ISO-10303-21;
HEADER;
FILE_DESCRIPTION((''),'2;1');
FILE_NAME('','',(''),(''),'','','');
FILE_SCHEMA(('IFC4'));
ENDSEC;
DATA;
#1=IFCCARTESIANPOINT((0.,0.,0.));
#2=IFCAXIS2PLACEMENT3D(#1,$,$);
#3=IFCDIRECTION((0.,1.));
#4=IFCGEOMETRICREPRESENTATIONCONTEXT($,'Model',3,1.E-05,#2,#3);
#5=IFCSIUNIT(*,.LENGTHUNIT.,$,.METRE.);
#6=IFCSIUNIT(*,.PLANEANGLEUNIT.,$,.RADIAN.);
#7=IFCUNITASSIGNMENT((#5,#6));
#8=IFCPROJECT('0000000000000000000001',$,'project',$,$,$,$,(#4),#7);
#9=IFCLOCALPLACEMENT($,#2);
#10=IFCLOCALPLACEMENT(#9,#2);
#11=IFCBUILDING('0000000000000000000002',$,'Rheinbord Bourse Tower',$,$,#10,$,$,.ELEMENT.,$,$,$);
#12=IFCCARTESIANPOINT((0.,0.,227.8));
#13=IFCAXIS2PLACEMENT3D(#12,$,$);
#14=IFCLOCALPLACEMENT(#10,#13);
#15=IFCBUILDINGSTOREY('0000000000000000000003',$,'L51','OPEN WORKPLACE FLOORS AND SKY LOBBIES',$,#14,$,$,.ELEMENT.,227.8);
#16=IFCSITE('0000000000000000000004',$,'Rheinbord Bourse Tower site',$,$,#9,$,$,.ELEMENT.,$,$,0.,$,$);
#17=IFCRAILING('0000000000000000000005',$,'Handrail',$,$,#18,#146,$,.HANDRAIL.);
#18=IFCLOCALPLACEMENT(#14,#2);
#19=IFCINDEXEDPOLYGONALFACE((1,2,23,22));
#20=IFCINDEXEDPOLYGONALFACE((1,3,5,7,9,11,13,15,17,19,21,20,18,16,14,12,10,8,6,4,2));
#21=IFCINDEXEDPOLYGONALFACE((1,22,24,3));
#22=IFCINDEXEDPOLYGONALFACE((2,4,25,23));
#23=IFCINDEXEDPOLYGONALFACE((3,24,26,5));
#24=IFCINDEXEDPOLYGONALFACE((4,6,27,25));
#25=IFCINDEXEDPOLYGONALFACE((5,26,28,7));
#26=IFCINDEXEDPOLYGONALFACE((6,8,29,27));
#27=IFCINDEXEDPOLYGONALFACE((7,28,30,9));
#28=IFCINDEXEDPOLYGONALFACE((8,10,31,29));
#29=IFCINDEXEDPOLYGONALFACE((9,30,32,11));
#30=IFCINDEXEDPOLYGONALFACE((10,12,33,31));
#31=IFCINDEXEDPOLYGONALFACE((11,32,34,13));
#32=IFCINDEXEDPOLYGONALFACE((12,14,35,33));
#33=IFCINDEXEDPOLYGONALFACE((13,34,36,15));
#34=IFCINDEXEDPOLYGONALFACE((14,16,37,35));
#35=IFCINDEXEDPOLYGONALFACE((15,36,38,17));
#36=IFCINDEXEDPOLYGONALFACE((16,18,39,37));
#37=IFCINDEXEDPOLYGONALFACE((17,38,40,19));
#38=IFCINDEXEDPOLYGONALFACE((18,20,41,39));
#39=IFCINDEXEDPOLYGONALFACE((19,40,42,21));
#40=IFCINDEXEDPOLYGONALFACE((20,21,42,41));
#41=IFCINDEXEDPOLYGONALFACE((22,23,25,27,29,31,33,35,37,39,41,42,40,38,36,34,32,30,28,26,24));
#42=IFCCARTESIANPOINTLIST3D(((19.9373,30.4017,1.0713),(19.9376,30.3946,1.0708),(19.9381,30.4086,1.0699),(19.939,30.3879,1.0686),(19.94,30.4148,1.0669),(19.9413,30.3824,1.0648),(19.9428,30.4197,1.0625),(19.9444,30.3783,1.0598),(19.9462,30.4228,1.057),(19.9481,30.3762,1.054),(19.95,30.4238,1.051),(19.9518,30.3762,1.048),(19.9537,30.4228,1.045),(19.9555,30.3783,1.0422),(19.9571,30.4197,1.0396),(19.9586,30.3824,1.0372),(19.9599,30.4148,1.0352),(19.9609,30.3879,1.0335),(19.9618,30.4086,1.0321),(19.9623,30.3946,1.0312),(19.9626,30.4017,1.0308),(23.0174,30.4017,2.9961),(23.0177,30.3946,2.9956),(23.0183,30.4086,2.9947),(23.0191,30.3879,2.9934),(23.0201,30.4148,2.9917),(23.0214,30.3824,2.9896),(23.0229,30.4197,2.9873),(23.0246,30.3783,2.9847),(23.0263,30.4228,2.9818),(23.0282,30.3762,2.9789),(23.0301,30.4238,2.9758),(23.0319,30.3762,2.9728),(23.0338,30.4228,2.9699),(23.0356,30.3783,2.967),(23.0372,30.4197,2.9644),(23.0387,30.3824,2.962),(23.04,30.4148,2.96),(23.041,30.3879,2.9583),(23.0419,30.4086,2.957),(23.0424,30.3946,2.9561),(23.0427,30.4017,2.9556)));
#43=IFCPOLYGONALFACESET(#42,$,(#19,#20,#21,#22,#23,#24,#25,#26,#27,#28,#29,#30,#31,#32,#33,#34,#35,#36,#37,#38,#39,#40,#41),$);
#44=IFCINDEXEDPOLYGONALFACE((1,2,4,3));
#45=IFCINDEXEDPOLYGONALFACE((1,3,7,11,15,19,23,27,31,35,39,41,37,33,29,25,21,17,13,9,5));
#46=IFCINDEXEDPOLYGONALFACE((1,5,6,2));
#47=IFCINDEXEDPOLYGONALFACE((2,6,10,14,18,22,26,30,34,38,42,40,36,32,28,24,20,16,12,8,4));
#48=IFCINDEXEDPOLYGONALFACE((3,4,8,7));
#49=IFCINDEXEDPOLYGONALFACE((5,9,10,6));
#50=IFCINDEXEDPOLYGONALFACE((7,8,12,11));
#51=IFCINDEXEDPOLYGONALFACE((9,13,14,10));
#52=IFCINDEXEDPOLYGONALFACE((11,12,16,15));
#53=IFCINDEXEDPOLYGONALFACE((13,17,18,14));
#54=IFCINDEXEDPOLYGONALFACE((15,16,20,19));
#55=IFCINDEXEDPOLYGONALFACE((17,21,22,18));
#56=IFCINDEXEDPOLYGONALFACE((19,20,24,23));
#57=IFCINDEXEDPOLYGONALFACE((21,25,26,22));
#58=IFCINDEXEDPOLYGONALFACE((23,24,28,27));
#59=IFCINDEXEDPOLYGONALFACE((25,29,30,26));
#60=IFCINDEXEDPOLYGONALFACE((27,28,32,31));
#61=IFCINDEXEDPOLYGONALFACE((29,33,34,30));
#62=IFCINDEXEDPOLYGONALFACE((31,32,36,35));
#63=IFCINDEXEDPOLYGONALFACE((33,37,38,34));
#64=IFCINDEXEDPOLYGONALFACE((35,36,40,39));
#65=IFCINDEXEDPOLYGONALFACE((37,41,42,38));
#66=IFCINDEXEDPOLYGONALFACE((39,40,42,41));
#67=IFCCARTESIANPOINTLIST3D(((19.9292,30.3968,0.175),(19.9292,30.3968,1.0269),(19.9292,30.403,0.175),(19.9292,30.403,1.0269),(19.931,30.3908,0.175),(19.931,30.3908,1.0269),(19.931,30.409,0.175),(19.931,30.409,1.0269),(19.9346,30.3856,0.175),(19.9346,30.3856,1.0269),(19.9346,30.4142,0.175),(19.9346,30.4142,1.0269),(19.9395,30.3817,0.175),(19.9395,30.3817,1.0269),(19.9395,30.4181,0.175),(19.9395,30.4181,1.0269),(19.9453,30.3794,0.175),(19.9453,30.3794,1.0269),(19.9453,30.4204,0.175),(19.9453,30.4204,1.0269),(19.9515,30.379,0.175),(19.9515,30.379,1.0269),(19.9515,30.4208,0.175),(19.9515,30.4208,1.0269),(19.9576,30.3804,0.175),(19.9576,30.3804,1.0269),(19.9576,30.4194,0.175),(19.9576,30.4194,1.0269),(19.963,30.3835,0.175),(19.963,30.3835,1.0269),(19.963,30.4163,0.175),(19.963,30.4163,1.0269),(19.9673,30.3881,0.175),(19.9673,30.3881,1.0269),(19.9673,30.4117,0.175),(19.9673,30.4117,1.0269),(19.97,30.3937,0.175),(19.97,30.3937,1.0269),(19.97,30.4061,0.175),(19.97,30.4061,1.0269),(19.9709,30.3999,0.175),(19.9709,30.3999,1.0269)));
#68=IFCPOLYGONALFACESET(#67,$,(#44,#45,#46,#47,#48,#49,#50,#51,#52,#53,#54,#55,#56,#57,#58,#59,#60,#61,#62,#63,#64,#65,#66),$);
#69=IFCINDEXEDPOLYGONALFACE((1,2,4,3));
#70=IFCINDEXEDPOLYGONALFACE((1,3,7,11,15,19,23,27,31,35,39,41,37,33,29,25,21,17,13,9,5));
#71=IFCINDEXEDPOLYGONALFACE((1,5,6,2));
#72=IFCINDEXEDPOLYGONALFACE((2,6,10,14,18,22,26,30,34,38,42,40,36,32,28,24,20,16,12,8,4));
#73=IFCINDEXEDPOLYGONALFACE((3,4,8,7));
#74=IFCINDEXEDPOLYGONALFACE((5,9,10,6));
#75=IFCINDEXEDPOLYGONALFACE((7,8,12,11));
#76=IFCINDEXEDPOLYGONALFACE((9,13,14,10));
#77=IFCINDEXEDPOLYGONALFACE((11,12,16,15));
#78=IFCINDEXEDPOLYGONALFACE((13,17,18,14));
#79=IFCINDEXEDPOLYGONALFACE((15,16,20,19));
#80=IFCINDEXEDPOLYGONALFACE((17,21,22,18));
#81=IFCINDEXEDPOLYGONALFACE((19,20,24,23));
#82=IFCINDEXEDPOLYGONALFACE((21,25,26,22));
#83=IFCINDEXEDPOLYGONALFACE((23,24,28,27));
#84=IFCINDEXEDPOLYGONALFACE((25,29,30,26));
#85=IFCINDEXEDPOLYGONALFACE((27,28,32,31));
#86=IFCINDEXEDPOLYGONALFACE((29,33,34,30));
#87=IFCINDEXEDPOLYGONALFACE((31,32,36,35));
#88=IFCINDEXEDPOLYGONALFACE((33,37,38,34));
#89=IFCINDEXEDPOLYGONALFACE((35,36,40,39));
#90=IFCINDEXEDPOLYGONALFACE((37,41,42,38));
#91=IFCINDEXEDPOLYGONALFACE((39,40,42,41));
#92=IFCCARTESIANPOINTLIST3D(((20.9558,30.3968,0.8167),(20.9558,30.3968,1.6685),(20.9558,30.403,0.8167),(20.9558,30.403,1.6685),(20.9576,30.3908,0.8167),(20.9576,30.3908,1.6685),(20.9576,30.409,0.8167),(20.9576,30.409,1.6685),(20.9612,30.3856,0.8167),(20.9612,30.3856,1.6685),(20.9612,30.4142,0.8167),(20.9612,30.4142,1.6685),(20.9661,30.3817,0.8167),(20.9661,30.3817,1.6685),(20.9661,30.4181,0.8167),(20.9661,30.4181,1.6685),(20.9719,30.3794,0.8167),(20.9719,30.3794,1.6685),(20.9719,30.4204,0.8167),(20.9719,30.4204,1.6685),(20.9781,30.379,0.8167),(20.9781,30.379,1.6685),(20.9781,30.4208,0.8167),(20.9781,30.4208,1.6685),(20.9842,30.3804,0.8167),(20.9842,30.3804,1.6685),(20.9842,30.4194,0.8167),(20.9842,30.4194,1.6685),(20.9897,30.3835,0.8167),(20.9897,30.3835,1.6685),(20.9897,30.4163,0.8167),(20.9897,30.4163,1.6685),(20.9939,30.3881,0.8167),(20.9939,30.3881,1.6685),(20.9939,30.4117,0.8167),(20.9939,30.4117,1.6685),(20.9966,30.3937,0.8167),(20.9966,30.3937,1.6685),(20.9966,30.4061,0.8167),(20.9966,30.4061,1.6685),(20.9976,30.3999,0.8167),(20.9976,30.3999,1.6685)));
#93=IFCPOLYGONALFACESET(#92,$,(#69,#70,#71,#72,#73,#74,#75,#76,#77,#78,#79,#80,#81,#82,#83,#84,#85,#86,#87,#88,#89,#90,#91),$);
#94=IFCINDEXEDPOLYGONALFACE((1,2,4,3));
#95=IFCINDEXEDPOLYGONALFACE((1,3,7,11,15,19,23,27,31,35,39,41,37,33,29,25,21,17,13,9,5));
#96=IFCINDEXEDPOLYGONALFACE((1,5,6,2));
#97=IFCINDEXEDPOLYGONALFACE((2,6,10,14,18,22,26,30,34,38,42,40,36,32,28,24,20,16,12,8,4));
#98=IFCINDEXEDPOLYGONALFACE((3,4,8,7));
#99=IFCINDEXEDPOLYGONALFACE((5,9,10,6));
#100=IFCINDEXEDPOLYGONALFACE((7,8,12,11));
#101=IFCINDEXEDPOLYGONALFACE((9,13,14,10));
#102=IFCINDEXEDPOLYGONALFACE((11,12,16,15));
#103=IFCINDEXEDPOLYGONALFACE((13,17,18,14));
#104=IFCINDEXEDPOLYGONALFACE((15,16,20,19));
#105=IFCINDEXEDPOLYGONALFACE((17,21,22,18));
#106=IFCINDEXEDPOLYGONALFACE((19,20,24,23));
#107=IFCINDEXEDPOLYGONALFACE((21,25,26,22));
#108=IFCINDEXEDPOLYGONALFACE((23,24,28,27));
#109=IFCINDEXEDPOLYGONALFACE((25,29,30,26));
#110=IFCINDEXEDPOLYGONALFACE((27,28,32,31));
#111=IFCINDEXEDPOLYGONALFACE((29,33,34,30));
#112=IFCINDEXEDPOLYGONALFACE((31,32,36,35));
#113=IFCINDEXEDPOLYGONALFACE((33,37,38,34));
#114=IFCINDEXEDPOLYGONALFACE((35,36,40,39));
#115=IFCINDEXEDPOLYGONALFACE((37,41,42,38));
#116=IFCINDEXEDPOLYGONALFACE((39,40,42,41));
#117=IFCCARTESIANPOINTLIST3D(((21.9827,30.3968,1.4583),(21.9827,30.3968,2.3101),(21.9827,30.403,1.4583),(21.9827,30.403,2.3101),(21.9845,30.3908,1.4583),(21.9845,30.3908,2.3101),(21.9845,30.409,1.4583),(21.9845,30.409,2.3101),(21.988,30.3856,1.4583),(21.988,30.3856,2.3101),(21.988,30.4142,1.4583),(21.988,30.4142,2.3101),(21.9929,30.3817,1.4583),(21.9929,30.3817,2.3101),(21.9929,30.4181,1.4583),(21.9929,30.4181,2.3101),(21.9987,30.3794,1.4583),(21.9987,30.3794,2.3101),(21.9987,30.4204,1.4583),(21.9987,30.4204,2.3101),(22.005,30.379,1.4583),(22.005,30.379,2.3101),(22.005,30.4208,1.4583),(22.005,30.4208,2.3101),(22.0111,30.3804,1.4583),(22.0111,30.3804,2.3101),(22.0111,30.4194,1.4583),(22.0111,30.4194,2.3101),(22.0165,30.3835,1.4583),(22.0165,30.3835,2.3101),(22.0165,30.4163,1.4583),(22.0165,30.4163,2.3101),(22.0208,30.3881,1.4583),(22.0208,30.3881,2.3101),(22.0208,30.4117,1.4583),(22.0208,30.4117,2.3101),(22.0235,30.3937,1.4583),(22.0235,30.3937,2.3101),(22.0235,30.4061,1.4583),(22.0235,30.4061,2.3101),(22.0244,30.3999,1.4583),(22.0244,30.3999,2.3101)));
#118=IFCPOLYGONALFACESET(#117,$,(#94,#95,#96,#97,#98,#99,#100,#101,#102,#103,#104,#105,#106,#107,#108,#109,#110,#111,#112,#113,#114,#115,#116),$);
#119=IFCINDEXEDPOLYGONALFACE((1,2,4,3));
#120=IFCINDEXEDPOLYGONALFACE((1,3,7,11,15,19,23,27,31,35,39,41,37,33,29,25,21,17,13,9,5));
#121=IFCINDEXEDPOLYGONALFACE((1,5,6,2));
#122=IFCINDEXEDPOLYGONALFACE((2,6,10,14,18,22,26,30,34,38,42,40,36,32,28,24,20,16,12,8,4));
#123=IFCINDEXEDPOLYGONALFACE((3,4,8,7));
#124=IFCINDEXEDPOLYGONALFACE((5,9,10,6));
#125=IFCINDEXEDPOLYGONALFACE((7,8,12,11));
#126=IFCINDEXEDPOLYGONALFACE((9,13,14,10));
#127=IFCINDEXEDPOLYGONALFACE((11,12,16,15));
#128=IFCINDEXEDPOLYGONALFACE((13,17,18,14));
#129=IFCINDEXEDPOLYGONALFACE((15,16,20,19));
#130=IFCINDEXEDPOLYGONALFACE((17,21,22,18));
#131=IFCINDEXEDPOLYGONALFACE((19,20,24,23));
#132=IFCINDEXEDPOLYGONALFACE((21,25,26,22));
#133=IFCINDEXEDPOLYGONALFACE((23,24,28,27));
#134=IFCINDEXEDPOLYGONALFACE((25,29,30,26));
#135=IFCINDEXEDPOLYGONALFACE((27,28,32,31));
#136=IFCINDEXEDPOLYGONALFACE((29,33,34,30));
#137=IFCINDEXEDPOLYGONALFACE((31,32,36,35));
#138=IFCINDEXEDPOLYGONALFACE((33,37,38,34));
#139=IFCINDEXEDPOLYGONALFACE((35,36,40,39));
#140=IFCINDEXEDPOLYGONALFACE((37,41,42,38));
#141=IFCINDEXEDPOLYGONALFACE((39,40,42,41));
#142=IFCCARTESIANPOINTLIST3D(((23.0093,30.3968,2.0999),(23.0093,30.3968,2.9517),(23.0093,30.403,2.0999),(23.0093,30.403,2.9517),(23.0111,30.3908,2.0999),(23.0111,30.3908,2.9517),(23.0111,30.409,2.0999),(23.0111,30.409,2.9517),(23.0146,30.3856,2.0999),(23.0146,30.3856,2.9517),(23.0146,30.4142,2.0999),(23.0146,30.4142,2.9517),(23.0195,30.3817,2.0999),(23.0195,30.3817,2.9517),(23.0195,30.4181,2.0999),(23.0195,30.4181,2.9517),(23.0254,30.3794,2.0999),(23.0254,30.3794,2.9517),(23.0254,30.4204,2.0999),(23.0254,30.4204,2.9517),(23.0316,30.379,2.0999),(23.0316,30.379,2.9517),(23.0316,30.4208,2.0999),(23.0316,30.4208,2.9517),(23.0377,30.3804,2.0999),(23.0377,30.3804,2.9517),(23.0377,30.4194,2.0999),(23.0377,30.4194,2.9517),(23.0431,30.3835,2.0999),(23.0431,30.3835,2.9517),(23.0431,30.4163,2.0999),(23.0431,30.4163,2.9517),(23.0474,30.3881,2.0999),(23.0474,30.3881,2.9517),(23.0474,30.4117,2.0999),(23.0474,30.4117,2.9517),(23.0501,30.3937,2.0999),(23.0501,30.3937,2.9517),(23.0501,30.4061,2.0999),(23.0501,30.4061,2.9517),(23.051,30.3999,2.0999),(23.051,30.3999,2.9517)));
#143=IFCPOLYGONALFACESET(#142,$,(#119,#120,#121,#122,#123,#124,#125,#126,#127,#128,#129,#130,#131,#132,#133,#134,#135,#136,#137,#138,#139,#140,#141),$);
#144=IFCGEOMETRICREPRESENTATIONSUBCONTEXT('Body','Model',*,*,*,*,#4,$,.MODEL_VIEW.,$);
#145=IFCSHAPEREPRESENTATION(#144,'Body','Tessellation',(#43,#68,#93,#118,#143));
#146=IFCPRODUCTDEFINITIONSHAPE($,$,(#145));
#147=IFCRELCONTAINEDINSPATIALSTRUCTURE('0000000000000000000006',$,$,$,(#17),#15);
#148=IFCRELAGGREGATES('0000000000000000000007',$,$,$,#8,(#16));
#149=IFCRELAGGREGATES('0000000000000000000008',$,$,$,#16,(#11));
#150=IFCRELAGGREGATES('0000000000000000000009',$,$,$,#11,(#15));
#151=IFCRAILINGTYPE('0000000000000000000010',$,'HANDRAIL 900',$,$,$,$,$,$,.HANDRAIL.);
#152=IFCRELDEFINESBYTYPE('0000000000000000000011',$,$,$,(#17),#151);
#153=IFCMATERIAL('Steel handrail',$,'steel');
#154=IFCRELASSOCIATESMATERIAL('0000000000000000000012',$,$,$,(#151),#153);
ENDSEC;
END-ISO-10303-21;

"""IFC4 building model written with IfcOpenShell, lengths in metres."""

from ifc_helpers import new_model, si_unit, direction, frame, origin, origin_2d, place, context, subcontext, project, spatial, circle, extrude, material, type_object, element, save


model = new_model("IFC4")

# Units and contexts
model_context = context("Model", 3, precision=1e-05, world=origin(), true_north=direction((0.0, 1.0)))
body_context = subcontext(model_context, "Body", "Model", "MODEL_VIEW")
ifc_project = project(units=[si_unit("LENGTHUNIT", "METRE"), si_unit("PLANEANGLEUNIT", "RADIAN")], contexts=[model_context])

# Site, building, storey
site_placement = place(None, origin())
site = spatial("IfcSite", under=ifc_project, at=site_placement, Name="Rheinbord Bourse Tower site", CompositionType="ELEMENT", RefElevation=0.0)
building_placement = place(site_placement, origin())
building = spatial("IfcBuilding", under=site, at=building_placement, Name="Rheinbord Bourse Tower", CompositionType="ELEMENT")
storey_placement = place(building_placement, frame((0.0, 0.0, 227.8)))
storey = spatial("IfcBuildingStorey", under=building, at=storey_placement, Name="L51", Description="OPEN WORKPLACE FLOORS AND SKY LOBBIES", CompositionType="ELEMENT", Elevation=227.8)

# Railing
ifc_material_1 = material(Name="Steel handrail", Category="steel")
railing_type = type_object("IfcRailingType", Name="HANDRAIL 900", PredefinedType="HANDRAIL", material=ifc_material_1)
railing_1_placement = place(storey_placement, frame((19.95, 30.3999, 0.175)))
element("IfcRailing", 1, at=railing_1_placement, inside=storey, type_object=railing_type, Name="Handrail", PredefinedType="HANDRAIL", context=body_context, shape_type="SweptSolid", body=[
    extrude(circle(Radius=0.0239, at=origin_2d()), frame((0.0, 0.0, 0.876), z_axis=(0.848029, 0.0, 0.529951), x_axis=(0.0, 1.0, 0.0)), (0.0, 0.0, 1.0), 3.6321),
    extrude(circle(Radius=0.021, at=origin_2d()), origin(), (0.0, 0.0, 1.0), 0.8518),
    extrude(circle(Radius=0.021, at=origin_2d()), frame((1.0266, 0.0, 0.6416)), (0.0, 0.0, 1.0), 0.8518),
    extrude(circle(Radius=0.021, at=origin_2d()), frame((2.0535, 0.0, 1.2832)), (0.0, 0.0, 1.0), 0.8518),
    extrude(circle(Radius=0.021, at=origin_2d()), frame((3.0801, 0.0, 1.9248)), (0.0, 0.0, 1.0), 0.8518),
])

save(model, "model.ifc")
